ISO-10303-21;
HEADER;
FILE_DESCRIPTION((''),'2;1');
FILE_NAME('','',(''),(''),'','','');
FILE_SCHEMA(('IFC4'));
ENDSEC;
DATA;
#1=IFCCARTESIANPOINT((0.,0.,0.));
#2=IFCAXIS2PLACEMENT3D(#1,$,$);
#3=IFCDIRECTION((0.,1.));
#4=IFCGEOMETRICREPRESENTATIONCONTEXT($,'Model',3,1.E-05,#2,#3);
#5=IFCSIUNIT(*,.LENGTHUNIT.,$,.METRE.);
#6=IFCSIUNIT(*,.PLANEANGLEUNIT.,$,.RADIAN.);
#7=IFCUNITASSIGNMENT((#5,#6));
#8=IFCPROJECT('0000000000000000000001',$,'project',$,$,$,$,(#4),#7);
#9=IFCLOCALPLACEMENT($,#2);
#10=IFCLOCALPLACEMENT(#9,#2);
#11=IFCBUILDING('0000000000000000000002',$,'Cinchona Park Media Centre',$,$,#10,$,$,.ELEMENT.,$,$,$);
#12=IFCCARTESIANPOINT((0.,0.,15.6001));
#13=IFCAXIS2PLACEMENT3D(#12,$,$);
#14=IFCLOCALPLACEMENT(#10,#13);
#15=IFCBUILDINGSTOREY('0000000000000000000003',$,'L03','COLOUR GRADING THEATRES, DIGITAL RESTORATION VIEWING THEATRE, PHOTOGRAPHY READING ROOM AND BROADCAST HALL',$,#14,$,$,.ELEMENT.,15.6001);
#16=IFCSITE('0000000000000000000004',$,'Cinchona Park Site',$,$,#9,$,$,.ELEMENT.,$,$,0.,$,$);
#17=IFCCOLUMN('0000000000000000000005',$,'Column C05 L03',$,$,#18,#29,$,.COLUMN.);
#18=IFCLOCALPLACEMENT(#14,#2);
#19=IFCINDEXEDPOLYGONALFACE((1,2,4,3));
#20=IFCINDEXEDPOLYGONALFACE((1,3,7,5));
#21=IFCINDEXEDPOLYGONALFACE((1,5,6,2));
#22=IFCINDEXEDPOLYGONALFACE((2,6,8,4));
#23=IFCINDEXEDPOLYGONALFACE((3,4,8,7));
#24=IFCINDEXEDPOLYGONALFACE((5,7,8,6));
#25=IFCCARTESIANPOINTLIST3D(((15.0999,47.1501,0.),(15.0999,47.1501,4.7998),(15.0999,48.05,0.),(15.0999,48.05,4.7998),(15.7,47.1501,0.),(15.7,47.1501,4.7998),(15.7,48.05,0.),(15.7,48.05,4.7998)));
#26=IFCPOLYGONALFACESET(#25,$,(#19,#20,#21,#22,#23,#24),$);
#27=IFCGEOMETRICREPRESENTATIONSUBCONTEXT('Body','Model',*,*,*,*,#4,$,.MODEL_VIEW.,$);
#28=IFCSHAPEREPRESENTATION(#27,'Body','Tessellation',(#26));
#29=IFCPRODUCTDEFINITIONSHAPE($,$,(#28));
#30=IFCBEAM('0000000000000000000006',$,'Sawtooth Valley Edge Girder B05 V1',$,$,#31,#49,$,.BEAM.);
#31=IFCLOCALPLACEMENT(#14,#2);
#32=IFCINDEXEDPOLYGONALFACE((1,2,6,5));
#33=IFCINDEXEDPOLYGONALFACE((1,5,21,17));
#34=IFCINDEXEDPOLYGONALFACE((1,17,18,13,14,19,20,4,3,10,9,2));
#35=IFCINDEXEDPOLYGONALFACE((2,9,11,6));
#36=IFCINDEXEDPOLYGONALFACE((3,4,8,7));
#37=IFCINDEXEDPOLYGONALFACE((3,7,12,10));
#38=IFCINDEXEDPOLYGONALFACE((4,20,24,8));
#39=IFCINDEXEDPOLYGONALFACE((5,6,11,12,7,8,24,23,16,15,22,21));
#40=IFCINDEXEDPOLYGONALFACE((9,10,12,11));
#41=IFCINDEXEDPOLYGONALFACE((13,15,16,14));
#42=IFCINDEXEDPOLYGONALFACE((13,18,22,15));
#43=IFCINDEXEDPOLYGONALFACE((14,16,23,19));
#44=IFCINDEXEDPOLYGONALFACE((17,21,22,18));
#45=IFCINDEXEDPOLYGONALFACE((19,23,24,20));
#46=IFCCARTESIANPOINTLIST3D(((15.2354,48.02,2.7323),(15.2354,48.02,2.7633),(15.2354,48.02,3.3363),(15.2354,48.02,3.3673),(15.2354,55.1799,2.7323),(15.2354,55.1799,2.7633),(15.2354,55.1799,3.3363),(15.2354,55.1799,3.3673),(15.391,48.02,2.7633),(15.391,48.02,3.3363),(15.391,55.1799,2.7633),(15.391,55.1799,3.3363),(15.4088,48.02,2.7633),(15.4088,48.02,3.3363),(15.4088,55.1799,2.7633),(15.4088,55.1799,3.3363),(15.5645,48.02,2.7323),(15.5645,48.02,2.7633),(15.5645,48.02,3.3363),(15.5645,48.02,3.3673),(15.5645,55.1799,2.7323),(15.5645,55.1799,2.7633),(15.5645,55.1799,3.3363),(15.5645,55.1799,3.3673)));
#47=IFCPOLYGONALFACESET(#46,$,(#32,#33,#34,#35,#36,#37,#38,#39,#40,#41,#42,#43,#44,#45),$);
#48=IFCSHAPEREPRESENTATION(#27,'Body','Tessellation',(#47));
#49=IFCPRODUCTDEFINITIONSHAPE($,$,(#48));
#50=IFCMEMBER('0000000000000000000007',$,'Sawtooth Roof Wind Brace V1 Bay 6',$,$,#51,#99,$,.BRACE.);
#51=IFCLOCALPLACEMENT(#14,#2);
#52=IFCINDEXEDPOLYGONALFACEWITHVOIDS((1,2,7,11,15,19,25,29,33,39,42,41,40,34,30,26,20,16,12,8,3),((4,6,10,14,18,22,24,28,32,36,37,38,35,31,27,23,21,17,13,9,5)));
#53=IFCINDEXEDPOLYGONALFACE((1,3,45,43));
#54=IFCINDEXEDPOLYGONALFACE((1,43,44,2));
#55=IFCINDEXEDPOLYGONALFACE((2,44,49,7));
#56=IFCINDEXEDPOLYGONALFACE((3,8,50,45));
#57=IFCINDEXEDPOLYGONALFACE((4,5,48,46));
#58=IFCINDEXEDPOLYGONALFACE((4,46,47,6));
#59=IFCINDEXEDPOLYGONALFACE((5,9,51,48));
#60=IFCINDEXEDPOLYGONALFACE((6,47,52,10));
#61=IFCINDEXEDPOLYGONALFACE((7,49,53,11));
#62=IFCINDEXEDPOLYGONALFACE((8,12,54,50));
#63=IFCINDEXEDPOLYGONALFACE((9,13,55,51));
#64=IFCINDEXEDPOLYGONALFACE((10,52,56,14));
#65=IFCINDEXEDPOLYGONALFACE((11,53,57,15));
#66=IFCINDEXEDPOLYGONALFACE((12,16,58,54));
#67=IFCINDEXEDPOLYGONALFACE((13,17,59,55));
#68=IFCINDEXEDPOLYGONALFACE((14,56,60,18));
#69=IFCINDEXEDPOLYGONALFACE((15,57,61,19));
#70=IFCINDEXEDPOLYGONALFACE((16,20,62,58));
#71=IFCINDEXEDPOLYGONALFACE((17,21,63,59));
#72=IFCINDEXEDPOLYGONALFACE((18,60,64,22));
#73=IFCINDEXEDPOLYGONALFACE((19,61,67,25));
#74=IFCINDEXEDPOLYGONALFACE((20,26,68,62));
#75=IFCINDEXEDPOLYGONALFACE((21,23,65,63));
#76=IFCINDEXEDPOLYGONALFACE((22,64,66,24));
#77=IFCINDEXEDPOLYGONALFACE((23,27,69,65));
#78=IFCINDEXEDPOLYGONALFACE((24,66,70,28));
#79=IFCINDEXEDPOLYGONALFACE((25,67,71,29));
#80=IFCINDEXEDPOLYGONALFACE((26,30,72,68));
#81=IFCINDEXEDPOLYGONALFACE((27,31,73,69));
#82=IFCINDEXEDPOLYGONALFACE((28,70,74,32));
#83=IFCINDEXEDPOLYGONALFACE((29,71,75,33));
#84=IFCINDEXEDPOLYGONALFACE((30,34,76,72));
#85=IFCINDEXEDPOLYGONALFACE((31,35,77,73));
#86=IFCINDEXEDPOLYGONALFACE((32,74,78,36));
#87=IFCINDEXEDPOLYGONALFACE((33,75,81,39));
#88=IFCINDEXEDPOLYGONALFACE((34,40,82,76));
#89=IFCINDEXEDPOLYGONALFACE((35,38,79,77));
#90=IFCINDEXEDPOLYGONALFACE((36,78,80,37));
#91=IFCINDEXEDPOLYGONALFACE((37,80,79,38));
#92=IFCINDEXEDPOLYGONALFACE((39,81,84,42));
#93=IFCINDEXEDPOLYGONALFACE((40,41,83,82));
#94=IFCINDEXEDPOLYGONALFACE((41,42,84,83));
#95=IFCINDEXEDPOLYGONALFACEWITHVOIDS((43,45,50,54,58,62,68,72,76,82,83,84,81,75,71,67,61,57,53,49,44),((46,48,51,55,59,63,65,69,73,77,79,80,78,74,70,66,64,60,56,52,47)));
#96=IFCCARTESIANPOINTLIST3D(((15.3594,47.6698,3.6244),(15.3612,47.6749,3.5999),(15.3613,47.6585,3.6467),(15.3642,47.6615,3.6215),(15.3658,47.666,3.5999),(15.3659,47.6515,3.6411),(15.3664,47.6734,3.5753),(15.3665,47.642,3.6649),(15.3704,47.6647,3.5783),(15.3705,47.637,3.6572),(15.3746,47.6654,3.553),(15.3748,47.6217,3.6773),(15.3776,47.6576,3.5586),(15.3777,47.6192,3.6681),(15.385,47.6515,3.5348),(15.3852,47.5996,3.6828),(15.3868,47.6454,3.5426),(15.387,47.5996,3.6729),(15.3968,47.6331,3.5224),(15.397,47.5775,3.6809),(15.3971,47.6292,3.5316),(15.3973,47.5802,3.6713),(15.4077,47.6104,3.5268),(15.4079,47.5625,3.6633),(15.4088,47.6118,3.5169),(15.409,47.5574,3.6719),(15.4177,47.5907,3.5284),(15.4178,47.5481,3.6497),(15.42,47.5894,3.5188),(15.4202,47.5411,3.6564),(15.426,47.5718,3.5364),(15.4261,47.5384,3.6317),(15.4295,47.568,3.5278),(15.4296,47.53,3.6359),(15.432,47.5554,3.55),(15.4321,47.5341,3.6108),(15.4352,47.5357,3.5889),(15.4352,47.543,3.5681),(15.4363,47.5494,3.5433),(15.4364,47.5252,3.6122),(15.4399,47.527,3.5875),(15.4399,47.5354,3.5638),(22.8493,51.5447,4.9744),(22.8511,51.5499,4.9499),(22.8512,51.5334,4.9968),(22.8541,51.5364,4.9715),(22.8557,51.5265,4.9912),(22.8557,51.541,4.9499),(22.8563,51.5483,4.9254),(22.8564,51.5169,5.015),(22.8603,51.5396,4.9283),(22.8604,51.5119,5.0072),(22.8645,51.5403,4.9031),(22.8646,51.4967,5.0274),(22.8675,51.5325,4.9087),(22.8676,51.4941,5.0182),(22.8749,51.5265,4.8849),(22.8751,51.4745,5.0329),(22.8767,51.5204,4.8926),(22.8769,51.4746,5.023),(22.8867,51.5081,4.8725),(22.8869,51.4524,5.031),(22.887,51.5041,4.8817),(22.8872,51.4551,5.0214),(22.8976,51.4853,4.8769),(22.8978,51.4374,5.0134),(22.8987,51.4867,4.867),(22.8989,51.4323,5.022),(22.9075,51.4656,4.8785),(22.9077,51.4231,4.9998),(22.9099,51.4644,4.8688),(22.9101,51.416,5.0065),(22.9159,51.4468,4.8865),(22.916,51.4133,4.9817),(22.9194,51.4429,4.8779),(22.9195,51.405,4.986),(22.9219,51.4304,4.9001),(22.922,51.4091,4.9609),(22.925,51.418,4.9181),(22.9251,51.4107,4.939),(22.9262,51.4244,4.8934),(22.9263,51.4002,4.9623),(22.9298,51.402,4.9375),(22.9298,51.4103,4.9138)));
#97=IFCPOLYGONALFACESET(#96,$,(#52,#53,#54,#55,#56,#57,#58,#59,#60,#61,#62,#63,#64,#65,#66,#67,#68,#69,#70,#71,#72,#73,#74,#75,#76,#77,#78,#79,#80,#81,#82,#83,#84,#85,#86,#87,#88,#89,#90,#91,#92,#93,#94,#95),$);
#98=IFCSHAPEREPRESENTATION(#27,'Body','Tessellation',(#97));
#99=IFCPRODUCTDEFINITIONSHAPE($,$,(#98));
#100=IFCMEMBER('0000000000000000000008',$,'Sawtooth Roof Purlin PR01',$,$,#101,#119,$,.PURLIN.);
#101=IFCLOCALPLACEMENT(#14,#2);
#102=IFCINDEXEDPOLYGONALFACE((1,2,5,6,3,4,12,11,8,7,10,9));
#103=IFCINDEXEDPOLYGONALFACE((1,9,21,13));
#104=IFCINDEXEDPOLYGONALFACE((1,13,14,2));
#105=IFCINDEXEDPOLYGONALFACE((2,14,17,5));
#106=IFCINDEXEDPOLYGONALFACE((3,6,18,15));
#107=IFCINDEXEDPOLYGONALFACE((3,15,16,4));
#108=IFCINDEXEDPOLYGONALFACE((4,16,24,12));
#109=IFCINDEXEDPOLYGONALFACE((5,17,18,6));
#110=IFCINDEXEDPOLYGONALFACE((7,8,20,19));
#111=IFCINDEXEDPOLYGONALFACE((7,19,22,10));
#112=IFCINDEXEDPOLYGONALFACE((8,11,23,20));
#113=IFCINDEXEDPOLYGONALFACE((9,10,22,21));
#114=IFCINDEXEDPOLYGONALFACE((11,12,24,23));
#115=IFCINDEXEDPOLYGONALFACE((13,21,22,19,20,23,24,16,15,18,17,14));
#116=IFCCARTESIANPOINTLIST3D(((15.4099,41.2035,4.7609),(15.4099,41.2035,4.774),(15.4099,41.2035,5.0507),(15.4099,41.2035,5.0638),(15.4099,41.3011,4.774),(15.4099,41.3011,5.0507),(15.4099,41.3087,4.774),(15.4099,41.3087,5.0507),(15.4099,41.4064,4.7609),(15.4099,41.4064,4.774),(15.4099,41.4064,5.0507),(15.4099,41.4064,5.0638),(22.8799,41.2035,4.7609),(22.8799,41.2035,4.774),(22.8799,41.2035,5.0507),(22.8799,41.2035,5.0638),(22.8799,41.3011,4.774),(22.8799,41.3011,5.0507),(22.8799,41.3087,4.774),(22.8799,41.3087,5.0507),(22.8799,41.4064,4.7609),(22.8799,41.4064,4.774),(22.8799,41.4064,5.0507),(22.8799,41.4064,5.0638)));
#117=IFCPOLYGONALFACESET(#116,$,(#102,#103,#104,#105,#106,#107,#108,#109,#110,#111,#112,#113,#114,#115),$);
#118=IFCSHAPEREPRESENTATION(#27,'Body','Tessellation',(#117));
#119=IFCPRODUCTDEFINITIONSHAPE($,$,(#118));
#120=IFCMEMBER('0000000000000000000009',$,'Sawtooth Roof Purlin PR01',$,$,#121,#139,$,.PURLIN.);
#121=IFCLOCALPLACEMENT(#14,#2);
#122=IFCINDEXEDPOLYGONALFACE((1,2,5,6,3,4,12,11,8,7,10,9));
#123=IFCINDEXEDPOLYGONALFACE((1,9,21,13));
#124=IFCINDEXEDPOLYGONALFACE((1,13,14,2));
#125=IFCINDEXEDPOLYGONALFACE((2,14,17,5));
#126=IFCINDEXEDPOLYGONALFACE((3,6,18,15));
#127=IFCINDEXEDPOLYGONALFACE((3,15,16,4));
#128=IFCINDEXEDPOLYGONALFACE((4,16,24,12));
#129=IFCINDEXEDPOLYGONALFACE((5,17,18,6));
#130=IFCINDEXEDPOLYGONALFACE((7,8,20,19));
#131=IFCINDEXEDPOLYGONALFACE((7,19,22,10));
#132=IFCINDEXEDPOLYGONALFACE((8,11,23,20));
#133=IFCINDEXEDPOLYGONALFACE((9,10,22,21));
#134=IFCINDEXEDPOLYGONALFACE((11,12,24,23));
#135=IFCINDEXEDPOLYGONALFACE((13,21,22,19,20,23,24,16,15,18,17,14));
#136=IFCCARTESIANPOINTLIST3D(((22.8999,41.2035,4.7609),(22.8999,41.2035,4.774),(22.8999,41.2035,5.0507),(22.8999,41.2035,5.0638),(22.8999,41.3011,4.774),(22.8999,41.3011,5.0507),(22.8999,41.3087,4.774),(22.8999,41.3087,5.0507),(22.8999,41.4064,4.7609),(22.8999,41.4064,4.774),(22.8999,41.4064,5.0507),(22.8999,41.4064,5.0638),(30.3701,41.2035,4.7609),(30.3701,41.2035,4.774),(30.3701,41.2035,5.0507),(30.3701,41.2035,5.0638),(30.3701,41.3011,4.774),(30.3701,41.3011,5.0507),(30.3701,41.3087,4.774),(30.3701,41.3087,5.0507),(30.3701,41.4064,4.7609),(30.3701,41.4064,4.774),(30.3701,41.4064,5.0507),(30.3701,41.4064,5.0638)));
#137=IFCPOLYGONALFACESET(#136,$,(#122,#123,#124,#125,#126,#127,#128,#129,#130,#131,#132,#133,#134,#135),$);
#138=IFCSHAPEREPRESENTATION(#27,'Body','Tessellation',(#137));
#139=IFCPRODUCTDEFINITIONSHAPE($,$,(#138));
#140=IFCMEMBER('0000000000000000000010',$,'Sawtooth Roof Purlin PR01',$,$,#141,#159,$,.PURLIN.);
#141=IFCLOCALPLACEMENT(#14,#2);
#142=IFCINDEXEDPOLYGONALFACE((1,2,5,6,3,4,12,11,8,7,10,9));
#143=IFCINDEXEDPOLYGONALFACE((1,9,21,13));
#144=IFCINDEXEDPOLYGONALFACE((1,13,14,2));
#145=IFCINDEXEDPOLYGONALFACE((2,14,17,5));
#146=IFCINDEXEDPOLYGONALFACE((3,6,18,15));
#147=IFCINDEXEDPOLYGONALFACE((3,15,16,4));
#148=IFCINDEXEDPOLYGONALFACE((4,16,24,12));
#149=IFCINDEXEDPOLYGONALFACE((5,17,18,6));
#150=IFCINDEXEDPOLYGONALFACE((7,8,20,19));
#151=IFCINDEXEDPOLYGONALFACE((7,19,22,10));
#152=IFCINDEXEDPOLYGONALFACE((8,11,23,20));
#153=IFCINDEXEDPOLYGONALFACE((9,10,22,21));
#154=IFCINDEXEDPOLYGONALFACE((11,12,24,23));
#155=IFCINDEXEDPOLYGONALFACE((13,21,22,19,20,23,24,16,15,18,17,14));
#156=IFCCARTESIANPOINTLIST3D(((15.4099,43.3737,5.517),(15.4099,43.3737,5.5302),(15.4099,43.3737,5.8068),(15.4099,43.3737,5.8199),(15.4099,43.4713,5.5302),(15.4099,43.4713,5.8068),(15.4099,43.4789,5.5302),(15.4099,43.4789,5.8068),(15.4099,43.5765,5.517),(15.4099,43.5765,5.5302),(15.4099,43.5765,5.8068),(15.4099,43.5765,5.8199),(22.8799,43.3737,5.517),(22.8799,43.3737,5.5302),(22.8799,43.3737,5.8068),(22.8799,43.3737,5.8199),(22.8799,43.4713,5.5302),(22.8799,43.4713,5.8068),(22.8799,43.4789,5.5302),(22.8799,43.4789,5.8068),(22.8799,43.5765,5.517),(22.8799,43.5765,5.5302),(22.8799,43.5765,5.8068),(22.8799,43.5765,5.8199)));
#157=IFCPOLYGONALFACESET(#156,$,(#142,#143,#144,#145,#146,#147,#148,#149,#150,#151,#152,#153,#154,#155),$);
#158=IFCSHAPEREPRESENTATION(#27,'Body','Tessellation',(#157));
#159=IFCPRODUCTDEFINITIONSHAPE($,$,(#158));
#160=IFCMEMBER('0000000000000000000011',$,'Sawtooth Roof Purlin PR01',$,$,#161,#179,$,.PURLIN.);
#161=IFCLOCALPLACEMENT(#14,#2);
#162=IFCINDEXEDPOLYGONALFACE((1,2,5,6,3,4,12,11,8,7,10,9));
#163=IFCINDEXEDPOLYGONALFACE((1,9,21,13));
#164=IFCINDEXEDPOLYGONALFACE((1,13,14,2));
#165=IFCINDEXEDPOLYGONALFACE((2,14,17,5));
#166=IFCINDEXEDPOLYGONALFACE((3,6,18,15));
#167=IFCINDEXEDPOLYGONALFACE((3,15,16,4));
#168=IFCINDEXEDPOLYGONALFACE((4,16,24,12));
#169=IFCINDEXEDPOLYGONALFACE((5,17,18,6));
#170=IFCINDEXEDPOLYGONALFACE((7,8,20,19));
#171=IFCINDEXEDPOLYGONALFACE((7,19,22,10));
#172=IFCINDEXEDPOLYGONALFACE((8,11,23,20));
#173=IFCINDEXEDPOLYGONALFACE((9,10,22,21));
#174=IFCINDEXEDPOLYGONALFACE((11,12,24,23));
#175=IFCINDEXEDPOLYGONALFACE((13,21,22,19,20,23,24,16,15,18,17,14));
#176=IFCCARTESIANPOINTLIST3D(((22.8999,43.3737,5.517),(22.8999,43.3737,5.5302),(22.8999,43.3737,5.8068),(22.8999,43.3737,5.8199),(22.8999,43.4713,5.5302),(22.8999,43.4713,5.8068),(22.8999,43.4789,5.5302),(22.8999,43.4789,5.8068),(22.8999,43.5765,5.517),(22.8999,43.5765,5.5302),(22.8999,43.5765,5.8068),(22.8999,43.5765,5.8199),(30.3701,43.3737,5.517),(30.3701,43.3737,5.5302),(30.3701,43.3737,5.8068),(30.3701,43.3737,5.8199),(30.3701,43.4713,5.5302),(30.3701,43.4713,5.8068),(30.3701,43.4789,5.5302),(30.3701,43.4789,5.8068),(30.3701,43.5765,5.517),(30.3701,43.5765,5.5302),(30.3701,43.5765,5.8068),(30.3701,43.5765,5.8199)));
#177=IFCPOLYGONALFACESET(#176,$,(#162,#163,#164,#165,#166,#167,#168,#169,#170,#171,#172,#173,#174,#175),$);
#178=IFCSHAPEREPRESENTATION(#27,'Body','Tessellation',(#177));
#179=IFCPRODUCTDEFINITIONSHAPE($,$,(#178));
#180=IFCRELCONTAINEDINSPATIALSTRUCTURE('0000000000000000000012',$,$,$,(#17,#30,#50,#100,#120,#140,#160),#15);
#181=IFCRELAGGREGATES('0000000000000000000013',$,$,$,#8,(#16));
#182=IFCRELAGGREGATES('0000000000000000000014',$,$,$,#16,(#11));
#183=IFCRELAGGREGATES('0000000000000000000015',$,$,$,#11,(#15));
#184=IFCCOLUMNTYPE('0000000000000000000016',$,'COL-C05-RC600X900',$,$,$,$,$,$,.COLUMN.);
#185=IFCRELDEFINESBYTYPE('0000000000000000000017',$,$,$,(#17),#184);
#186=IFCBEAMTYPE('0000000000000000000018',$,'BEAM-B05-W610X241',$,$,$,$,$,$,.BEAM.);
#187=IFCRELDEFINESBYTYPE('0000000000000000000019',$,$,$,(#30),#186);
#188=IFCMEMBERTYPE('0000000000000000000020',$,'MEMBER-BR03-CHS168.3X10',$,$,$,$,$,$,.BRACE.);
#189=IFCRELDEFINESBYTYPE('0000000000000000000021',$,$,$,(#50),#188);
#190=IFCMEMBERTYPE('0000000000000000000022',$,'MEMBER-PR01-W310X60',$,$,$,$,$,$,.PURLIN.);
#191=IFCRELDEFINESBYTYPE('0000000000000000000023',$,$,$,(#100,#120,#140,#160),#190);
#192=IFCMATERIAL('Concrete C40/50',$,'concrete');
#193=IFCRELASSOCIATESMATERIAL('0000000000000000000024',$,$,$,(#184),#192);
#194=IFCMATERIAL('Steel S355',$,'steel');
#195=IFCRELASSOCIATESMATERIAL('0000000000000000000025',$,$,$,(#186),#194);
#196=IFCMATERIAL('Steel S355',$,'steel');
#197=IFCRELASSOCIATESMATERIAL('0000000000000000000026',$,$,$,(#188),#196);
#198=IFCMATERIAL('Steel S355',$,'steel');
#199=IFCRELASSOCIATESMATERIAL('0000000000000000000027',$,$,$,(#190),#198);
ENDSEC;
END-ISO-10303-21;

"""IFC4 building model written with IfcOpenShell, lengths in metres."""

from ifc_helpers import new_model, si_unit, direction, frame, origin, origin_2d, place, context, subcontext, project, spatial, rectangle, hollow_circle, i_section, extrude, material, material_profile, profile_set, type_object, element, save


model = new_model("IFC4")

# Units and contexts
model_context = context("Model", 3, precision=1e-05, world=origin(), true_north=direction((0.0, 1.0)))
body_context = subcontext(model_context, "Body", "Model", "MODEL_VIEW")
ifc_project = project(units=[si_unit("LENGTHUNIT", "METRE"), si_unit("PLANEANGLEUNIT", "RADIAN")], contexts=[model_context])

# Site, building, storey
site_placement = place(None, origin())
site = spatial("IfcSite", under=ifc_project, at=site_placement, Name="Cinchona Park Site", CompositionType="ELEMENT", RefElevation=0.0)
building_placement = place(site_placement, origin())
building = spatial("IfcBuilding", under=site, at=building_placement, Name="Cinchona Park Media Centre", CompositionType="ELEMENT")
storey_placement = place(building_placement, frame((0.0, 0.0, 15.6001)))
storey = spatial("IfcBuildingStorey", under=building, at=storey_placement, Name="L03", Description="COLOUR GRADING THEATRES, DIGITAL RESTORATION VIEWING THEATRE, PHOTOGRAPHY READING ROOM AND BROADCAST HALL", CompositionType="ELEMENT", Elevation=15.6001)

# Column
ifc_material_1 = material(Name="Concrete C40/50", Category="concrete")
ifc_material_profile_1 = material_profile(ifc_material_1, rectangle(XDim=0.6001, YDim=0.8999, at=origin_2d()), Name="RC 600X900")
ifc_profile_set_1 = profile_set([ifc_material_profile_1], Name="Concrete C40/50")
column_type = type_object("IfcColumnType", Name="COL-C05-RC600X900", PredefinedType="COLUMN", material=ifc_profile_set_1)
column_placement = place(storey_placement, frame((15.3999, 47.6001, 0.0), z_axis=(0.0, 0.0, 1.0), x_axis=(1.0, 0.0, 0.0)))
element("IfcColumn", 1, at=column_placement, inside=storey, type_object=column_type, Name="Column C05 L03", PredefinedType="COLUMN", context=body_context, shape_type="SweptSolid", body=[
    extrude(rectangle(XDim=0.6001, YDim=0.8999, at=origin_2d()), origin(), (0.0, 0.0, 1.0), 4.7998),
])

# Beam
ifc_material_2 = material(Name="Steel S355", Category="steel")
ifc_material_profile_2 = material_profile(ifc_material_2, i_section(OverallWidth=0.3291, OverallDepth=0.635, WebThickness=0.0178, FlangeThickness=0.031, at=origin_2d()), Name="W610X241")
ifc_profile_set_2 = profile_set([ifc_material_profile_2], Name="Steel S355")
beam_type = type_object("IfcBeamType", Name="BEAM-B05-W610X241", PredefinedType="BEAM", material=ifc_profile_set_2)
beam_placement = place(storey_placement, frame((15.3999, 48.02, 3.0498), z_axis=(0.0, 1.0, 0.0), x_axis=(-1.0, 0.0, 0.0)))
element("IfcBeam", 2, at=beam_placement, inside=storey, type_object=beam_type, Name="Sawtooth Valley Edge Girder B05 V1", PredefinedType="BEAM", context=body_context, shape_type="SweptSolid", body=[
    extrude(i_section(OverallWidth=0.3291, OverallDepth=0.635, WebThickness=0.0178, FlangeThickness=0.031, at=origin_2d()), origin(), (0.0, 0.0, 1.0), 7.1599),
])

# Members
ifc_material_3 = material(Name="Steel S355", Category="steel")
ifc_material_profile_3 = material_profile(ifc_material_3, hollow_circle(Radius=0.0842, WallThickness=0.01, at=origin_2d()), Name="168.3X10CHS")
ifc_profile_set_3 = profile_set([ifc_material_profile_3], Name="Steel S355")
member_type_1 = type_object("IfcMemberType", Name="MEMBER-BR03-CHS168.3X10", PredefinedType="BRACE", material=ifc_profile_set_3)
member_1_placement = place(storey_placement, frame((15.3999, 47.6001, 3.5999), z_axis=(0.877007, 0.453726, 0.158084), x_axis=(-0.459504, 0.888176, 0.0)))
element("IfcMember", 3, at=member_1_placement, inside=storey, type_object=member_type_1, Name="Sawtooth Roof Wind Brace V1 Bay 6", PredefinedType="BRACE", context=body_context, shape_type="SweptSolid", body=[
    extrude(hollow_circle(Radius=0.0842, WallThickness=0.01, at=origin_2d()), origin(), (0.0, 0.0, 1.0), 8.5403),
])
ifc_material_4 = material(Name="Steel S355", Category="steel")
ifc_material_profile_4 = material_profile(ifc_material_4, i_section(OverallWidth=0.2029, OverallDepth=0.303, WebThickness=0.0076, FlangeThickness=0.0132, at=origin_2d()), Name="W310X60")
ifc_profile_set_4 = profile_set([ifc_material_profile_4], Name="Steel S355")
member_type_2 = type_object("IfcMemberType", Name="MEMBER-PR01-W310X60", PredefinedType="PURLIN", material=ifc_profile_set_4)
member_2_placement = place(storey_placement, frame((15.4099, 41.3049, 4.9124), z_axis=(1.0, 0.0, 0.0), x_axis=(0.0, 1.0, 0.0)))
element("IfcMember", 4, at=member_2_placement, inside=storey, type_object=member_type_2, Name="Sawtooth Roof Purlin PR01", PredefinedType="PURLIN", context=body_context, shape_type="SweptSolid", body=[
    extrude(i_section(OverallWidth=0.2029, OverallDepth=0.303, WebThickness=0.0076, FlangeThickness=0.0132, at=origin_2d()), origin(), (0.0, 0.0, 1.0), 7.47),
])
member_3_placement = place(storey_placement, frame((22.8999, 41.3049, 4.9124), z_axis=(1.0, 0.0, 0.0), x_axis=(0.0, 1.0, 0.0)))
element("IfcMember", 5, at=member_3_placement, inside=storey, type_object=member_type_2, Name="Sawtooth Roof Purlin PR01", PredefinedType="PURLIN", context=body_context, shape_type="SweptSolid", body=[
    extrude(i_section(OverallWidth=0.2029, OverallDepth=0.303, WebThickness=0.0076, FlangeThickness=0.0132, at=origin_2d()), origin(), (0.0, 0.0, 1.0), 7.4702),
])
member_4_placement = place(storey_placement, frame((15.4099, 43.4751, 5.6685), z_axis=(1.0, 0.0, 0.0), x_axis=(0.0, 1.0, 0.0)))
element("IfcMember", 6, at=member_4_placement, inside=storey, type_object=member_type_2, Name="Sawtooth Roof Purlin PR01", PredefinedType="PURLIN", context=body_context, shape_type="SweptSolid", body=[
    extrude(i_section(OverallWidth=0.2029, OverallDepth=0.303, WebThickness=0.0076, FlangeThickness=0.0132, at=origin_2d()), origin(), (0.0, 0.0, 1.0), 7.47),
])
member_5_placement = place(storey_placement, frame((22.8999, 43.4751, 5.6685), z_axis=(1.0, 0.0, 0.0), x_axis=(0.0, 1.0, 0.0)))
element("IfcMember", 7, at=member_5_placement, inside=storey, type_object=member_type_2, Name="Sawtooth Roof Purlin PR01", PredefinedType="PURLIN", context=body_context, shape_type="SweptSolid", body=[
    extrude(i_section(OverallWidth=0.2029, OverallDepth=0.303, WebThickness=0.0076, FlangeThickness=0.0132, at=origin_2d()), origin(), (0.0, 0.0, 1.0), 7.4702),
])

save(model, "model.ifc")
